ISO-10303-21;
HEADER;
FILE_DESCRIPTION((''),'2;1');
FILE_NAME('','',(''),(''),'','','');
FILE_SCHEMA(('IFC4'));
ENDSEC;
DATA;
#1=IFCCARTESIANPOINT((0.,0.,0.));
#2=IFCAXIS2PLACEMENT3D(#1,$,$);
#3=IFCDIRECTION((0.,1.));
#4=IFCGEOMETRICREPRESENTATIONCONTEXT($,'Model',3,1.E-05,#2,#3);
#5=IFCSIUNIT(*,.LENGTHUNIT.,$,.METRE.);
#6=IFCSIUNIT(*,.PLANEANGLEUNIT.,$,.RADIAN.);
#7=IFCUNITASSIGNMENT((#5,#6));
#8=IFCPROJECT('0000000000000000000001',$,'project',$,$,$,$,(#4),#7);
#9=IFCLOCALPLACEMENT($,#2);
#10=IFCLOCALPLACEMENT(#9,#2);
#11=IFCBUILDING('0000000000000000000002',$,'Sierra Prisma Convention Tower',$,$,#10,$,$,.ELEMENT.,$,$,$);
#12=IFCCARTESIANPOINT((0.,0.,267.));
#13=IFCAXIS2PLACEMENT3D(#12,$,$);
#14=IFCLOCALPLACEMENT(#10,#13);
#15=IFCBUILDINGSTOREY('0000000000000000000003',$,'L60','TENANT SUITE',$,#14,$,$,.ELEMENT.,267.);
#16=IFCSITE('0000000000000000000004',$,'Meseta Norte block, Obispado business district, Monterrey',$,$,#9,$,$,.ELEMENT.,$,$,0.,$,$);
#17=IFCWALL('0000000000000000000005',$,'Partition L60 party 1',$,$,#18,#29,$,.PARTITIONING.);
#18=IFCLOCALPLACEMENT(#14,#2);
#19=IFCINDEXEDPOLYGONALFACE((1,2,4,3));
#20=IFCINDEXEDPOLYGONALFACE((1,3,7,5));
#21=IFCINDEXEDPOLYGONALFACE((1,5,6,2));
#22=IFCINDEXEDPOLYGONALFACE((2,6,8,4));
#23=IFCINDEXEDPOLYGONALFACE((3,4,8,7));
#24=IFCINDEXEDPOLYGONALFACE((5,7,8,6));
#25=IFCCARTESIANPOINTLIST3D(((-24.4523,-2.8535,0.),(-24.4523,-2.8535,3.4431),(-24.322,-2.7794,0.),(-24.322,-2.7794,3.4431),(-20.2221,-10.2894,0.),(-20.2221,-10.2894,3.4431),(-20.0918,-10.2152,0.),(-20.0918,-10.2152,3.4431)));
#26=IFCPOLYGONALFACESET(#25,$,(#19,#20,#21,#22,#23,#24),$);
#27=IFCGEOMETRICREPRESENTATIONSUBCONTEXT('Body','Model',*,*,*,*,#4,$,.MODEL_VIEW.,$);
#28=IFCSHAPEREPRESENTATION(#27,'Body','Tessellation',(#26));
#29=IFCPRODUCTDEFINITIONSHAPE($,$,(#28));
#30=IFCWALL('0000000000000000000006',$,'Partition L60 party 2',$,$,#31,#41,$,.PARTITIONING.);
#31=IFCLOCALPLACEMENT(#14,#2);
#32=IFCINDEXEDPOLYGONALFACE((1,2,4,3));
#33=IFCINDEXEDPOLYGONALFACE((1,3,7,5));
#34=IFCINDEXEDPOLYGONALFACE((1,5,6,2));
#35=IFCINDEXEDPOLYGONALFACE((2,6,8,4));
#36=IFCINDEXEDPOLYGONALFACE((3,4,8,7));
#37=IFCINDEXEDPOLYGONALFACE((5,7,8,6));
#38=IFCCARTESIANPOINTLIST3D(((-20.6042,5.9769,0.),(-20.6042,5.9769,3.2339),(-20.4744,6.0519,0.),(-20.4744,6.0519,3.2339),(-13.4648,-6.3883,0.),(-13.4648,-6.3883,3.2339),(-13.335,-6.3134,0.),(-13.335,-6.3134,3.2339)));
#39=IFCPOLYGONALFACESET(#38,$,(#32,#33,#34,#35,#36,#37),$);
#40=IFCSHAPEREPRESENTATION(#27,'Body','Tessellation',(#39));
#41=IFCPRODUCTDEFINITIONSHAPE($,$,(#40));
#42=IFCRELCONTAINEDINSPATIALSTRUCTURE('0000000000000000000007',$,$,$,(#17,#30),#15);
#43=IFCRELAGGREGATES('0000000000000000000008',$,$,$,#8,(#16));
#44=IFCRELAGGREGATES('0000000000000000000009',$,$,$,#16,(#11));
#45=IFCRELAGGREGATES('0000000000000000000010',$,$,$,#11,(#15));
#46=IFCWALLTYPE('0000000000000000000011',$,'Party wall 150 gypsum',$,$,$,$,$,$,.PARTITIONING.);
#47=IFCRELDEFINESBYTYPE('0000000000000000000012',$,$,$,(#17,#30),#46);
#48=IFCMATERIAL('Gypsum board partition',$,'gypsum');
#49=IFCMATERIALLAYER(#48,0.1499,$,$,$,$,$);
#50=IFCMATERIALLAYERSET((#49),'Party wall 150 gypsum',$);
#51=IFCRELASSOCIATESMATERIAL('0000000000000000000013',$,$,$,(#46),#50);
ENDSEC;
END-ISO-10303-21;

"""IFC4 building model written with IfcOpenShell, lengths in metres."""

from ifc_helpers import new_model, si_unit, direction, frame, frame_2d, origin, place, context, subcontext, project, spatial, rectangle, extrude, material, layer, layer_set, type_object, element, save


model = new_model("IFC4")

# Units and contexts
model_context = context("Model", 3, precision=1e-05, world=origin(), true_north=direction((0.0, 1.0)))
body_context = subcontext(model_context, "Body", "Model", "MODEL_VIEW")
ifc_project = project(units=[si_unit("LENGTHUNIT", "METRE"), si_unit("PLANEANGLEUNIT", "RADIAN")], contexts=[model_context])

# Site, building, storey
site_placement = place(None, origin())
site = spatial("IfcSite", under=ifc_project, at=site_placement, Name="Meseta Norte block, Obispado business district, Monterrey", CompositionType="ELEMENT", RefElevation=0.0)
building_placement = place(site_placement, origin())
building = spatial("IfcBuilding", under=site, at=building_placement, Name="Sierra Prisma Convention Tower", CompositionType="ELEMENT")
storey_placement = place(building_placement, frame((0.0, 0.0, 267.0)))
storey = spatial("IfcBuildingStorey", under=building, at=storey_placement, Name="L60", Description="TENANT SUITE", CompositionType="ELEMENT", Elevation=267.0)

# Walls
ifc_material_1 = material(Name="Gypsum board partition", Category="gypsum")
ifc_layer_1 = layer(ifc_material_1, 0.1499)
ifc_layer_set_1 = layer_set([ifc_layer_1], Name="Party wall 150 gypsum")
wall_type_1 = type_object("IfcWallType", Name="Party wall 150 gypsum", PredefinedType="PARTITIONING", material=ifc_layer_set_1)
wall_1_placement = place(storey_placement, frame((-20.157, -10.2522, 0.0), z_axis=(0.0, 0.0, 1.0), x_axis=(-0.494482, 0.869188, 0.0)))
element("IfcWall", 1, at=wall_1_placement, inside=storey, type_object=wall_type_1, Name="Partition L60 party 1", PredefinedType="PARTITIONING", context=body_context, shape_type="SweptSolid", body=[
    extrude(rectangle(XDim=8.5549, YDim=0.1499, at=frame_2d((4.2773, 0.0))), origin(), (0.0, 0.0, 1.0), 3.4431),
])
wall_2_placement = place(storey_placement, frame((-13.3999, -6.3508, 0.0), z_axis=(0.0, 0.0, 1.0), x_axis=(-0.500017, 0.866015, 0.0)))
element("IfcWall", 2, at=wall_2_placement, inside=storey, type_object=wall_type_1, Name="Partition L60 party 2", PredefinedType="PARTITIONING", context=body_context, shape_type="SweptSolid", body=[
    extrude(rectangle(XDim=14.2783, YDim=0.1499, at=frame_2d((7.1392, 0.0))), origin(), (0.0, 0.0, 1.0), 3.2339),
])

save(model, "model.ifc")
